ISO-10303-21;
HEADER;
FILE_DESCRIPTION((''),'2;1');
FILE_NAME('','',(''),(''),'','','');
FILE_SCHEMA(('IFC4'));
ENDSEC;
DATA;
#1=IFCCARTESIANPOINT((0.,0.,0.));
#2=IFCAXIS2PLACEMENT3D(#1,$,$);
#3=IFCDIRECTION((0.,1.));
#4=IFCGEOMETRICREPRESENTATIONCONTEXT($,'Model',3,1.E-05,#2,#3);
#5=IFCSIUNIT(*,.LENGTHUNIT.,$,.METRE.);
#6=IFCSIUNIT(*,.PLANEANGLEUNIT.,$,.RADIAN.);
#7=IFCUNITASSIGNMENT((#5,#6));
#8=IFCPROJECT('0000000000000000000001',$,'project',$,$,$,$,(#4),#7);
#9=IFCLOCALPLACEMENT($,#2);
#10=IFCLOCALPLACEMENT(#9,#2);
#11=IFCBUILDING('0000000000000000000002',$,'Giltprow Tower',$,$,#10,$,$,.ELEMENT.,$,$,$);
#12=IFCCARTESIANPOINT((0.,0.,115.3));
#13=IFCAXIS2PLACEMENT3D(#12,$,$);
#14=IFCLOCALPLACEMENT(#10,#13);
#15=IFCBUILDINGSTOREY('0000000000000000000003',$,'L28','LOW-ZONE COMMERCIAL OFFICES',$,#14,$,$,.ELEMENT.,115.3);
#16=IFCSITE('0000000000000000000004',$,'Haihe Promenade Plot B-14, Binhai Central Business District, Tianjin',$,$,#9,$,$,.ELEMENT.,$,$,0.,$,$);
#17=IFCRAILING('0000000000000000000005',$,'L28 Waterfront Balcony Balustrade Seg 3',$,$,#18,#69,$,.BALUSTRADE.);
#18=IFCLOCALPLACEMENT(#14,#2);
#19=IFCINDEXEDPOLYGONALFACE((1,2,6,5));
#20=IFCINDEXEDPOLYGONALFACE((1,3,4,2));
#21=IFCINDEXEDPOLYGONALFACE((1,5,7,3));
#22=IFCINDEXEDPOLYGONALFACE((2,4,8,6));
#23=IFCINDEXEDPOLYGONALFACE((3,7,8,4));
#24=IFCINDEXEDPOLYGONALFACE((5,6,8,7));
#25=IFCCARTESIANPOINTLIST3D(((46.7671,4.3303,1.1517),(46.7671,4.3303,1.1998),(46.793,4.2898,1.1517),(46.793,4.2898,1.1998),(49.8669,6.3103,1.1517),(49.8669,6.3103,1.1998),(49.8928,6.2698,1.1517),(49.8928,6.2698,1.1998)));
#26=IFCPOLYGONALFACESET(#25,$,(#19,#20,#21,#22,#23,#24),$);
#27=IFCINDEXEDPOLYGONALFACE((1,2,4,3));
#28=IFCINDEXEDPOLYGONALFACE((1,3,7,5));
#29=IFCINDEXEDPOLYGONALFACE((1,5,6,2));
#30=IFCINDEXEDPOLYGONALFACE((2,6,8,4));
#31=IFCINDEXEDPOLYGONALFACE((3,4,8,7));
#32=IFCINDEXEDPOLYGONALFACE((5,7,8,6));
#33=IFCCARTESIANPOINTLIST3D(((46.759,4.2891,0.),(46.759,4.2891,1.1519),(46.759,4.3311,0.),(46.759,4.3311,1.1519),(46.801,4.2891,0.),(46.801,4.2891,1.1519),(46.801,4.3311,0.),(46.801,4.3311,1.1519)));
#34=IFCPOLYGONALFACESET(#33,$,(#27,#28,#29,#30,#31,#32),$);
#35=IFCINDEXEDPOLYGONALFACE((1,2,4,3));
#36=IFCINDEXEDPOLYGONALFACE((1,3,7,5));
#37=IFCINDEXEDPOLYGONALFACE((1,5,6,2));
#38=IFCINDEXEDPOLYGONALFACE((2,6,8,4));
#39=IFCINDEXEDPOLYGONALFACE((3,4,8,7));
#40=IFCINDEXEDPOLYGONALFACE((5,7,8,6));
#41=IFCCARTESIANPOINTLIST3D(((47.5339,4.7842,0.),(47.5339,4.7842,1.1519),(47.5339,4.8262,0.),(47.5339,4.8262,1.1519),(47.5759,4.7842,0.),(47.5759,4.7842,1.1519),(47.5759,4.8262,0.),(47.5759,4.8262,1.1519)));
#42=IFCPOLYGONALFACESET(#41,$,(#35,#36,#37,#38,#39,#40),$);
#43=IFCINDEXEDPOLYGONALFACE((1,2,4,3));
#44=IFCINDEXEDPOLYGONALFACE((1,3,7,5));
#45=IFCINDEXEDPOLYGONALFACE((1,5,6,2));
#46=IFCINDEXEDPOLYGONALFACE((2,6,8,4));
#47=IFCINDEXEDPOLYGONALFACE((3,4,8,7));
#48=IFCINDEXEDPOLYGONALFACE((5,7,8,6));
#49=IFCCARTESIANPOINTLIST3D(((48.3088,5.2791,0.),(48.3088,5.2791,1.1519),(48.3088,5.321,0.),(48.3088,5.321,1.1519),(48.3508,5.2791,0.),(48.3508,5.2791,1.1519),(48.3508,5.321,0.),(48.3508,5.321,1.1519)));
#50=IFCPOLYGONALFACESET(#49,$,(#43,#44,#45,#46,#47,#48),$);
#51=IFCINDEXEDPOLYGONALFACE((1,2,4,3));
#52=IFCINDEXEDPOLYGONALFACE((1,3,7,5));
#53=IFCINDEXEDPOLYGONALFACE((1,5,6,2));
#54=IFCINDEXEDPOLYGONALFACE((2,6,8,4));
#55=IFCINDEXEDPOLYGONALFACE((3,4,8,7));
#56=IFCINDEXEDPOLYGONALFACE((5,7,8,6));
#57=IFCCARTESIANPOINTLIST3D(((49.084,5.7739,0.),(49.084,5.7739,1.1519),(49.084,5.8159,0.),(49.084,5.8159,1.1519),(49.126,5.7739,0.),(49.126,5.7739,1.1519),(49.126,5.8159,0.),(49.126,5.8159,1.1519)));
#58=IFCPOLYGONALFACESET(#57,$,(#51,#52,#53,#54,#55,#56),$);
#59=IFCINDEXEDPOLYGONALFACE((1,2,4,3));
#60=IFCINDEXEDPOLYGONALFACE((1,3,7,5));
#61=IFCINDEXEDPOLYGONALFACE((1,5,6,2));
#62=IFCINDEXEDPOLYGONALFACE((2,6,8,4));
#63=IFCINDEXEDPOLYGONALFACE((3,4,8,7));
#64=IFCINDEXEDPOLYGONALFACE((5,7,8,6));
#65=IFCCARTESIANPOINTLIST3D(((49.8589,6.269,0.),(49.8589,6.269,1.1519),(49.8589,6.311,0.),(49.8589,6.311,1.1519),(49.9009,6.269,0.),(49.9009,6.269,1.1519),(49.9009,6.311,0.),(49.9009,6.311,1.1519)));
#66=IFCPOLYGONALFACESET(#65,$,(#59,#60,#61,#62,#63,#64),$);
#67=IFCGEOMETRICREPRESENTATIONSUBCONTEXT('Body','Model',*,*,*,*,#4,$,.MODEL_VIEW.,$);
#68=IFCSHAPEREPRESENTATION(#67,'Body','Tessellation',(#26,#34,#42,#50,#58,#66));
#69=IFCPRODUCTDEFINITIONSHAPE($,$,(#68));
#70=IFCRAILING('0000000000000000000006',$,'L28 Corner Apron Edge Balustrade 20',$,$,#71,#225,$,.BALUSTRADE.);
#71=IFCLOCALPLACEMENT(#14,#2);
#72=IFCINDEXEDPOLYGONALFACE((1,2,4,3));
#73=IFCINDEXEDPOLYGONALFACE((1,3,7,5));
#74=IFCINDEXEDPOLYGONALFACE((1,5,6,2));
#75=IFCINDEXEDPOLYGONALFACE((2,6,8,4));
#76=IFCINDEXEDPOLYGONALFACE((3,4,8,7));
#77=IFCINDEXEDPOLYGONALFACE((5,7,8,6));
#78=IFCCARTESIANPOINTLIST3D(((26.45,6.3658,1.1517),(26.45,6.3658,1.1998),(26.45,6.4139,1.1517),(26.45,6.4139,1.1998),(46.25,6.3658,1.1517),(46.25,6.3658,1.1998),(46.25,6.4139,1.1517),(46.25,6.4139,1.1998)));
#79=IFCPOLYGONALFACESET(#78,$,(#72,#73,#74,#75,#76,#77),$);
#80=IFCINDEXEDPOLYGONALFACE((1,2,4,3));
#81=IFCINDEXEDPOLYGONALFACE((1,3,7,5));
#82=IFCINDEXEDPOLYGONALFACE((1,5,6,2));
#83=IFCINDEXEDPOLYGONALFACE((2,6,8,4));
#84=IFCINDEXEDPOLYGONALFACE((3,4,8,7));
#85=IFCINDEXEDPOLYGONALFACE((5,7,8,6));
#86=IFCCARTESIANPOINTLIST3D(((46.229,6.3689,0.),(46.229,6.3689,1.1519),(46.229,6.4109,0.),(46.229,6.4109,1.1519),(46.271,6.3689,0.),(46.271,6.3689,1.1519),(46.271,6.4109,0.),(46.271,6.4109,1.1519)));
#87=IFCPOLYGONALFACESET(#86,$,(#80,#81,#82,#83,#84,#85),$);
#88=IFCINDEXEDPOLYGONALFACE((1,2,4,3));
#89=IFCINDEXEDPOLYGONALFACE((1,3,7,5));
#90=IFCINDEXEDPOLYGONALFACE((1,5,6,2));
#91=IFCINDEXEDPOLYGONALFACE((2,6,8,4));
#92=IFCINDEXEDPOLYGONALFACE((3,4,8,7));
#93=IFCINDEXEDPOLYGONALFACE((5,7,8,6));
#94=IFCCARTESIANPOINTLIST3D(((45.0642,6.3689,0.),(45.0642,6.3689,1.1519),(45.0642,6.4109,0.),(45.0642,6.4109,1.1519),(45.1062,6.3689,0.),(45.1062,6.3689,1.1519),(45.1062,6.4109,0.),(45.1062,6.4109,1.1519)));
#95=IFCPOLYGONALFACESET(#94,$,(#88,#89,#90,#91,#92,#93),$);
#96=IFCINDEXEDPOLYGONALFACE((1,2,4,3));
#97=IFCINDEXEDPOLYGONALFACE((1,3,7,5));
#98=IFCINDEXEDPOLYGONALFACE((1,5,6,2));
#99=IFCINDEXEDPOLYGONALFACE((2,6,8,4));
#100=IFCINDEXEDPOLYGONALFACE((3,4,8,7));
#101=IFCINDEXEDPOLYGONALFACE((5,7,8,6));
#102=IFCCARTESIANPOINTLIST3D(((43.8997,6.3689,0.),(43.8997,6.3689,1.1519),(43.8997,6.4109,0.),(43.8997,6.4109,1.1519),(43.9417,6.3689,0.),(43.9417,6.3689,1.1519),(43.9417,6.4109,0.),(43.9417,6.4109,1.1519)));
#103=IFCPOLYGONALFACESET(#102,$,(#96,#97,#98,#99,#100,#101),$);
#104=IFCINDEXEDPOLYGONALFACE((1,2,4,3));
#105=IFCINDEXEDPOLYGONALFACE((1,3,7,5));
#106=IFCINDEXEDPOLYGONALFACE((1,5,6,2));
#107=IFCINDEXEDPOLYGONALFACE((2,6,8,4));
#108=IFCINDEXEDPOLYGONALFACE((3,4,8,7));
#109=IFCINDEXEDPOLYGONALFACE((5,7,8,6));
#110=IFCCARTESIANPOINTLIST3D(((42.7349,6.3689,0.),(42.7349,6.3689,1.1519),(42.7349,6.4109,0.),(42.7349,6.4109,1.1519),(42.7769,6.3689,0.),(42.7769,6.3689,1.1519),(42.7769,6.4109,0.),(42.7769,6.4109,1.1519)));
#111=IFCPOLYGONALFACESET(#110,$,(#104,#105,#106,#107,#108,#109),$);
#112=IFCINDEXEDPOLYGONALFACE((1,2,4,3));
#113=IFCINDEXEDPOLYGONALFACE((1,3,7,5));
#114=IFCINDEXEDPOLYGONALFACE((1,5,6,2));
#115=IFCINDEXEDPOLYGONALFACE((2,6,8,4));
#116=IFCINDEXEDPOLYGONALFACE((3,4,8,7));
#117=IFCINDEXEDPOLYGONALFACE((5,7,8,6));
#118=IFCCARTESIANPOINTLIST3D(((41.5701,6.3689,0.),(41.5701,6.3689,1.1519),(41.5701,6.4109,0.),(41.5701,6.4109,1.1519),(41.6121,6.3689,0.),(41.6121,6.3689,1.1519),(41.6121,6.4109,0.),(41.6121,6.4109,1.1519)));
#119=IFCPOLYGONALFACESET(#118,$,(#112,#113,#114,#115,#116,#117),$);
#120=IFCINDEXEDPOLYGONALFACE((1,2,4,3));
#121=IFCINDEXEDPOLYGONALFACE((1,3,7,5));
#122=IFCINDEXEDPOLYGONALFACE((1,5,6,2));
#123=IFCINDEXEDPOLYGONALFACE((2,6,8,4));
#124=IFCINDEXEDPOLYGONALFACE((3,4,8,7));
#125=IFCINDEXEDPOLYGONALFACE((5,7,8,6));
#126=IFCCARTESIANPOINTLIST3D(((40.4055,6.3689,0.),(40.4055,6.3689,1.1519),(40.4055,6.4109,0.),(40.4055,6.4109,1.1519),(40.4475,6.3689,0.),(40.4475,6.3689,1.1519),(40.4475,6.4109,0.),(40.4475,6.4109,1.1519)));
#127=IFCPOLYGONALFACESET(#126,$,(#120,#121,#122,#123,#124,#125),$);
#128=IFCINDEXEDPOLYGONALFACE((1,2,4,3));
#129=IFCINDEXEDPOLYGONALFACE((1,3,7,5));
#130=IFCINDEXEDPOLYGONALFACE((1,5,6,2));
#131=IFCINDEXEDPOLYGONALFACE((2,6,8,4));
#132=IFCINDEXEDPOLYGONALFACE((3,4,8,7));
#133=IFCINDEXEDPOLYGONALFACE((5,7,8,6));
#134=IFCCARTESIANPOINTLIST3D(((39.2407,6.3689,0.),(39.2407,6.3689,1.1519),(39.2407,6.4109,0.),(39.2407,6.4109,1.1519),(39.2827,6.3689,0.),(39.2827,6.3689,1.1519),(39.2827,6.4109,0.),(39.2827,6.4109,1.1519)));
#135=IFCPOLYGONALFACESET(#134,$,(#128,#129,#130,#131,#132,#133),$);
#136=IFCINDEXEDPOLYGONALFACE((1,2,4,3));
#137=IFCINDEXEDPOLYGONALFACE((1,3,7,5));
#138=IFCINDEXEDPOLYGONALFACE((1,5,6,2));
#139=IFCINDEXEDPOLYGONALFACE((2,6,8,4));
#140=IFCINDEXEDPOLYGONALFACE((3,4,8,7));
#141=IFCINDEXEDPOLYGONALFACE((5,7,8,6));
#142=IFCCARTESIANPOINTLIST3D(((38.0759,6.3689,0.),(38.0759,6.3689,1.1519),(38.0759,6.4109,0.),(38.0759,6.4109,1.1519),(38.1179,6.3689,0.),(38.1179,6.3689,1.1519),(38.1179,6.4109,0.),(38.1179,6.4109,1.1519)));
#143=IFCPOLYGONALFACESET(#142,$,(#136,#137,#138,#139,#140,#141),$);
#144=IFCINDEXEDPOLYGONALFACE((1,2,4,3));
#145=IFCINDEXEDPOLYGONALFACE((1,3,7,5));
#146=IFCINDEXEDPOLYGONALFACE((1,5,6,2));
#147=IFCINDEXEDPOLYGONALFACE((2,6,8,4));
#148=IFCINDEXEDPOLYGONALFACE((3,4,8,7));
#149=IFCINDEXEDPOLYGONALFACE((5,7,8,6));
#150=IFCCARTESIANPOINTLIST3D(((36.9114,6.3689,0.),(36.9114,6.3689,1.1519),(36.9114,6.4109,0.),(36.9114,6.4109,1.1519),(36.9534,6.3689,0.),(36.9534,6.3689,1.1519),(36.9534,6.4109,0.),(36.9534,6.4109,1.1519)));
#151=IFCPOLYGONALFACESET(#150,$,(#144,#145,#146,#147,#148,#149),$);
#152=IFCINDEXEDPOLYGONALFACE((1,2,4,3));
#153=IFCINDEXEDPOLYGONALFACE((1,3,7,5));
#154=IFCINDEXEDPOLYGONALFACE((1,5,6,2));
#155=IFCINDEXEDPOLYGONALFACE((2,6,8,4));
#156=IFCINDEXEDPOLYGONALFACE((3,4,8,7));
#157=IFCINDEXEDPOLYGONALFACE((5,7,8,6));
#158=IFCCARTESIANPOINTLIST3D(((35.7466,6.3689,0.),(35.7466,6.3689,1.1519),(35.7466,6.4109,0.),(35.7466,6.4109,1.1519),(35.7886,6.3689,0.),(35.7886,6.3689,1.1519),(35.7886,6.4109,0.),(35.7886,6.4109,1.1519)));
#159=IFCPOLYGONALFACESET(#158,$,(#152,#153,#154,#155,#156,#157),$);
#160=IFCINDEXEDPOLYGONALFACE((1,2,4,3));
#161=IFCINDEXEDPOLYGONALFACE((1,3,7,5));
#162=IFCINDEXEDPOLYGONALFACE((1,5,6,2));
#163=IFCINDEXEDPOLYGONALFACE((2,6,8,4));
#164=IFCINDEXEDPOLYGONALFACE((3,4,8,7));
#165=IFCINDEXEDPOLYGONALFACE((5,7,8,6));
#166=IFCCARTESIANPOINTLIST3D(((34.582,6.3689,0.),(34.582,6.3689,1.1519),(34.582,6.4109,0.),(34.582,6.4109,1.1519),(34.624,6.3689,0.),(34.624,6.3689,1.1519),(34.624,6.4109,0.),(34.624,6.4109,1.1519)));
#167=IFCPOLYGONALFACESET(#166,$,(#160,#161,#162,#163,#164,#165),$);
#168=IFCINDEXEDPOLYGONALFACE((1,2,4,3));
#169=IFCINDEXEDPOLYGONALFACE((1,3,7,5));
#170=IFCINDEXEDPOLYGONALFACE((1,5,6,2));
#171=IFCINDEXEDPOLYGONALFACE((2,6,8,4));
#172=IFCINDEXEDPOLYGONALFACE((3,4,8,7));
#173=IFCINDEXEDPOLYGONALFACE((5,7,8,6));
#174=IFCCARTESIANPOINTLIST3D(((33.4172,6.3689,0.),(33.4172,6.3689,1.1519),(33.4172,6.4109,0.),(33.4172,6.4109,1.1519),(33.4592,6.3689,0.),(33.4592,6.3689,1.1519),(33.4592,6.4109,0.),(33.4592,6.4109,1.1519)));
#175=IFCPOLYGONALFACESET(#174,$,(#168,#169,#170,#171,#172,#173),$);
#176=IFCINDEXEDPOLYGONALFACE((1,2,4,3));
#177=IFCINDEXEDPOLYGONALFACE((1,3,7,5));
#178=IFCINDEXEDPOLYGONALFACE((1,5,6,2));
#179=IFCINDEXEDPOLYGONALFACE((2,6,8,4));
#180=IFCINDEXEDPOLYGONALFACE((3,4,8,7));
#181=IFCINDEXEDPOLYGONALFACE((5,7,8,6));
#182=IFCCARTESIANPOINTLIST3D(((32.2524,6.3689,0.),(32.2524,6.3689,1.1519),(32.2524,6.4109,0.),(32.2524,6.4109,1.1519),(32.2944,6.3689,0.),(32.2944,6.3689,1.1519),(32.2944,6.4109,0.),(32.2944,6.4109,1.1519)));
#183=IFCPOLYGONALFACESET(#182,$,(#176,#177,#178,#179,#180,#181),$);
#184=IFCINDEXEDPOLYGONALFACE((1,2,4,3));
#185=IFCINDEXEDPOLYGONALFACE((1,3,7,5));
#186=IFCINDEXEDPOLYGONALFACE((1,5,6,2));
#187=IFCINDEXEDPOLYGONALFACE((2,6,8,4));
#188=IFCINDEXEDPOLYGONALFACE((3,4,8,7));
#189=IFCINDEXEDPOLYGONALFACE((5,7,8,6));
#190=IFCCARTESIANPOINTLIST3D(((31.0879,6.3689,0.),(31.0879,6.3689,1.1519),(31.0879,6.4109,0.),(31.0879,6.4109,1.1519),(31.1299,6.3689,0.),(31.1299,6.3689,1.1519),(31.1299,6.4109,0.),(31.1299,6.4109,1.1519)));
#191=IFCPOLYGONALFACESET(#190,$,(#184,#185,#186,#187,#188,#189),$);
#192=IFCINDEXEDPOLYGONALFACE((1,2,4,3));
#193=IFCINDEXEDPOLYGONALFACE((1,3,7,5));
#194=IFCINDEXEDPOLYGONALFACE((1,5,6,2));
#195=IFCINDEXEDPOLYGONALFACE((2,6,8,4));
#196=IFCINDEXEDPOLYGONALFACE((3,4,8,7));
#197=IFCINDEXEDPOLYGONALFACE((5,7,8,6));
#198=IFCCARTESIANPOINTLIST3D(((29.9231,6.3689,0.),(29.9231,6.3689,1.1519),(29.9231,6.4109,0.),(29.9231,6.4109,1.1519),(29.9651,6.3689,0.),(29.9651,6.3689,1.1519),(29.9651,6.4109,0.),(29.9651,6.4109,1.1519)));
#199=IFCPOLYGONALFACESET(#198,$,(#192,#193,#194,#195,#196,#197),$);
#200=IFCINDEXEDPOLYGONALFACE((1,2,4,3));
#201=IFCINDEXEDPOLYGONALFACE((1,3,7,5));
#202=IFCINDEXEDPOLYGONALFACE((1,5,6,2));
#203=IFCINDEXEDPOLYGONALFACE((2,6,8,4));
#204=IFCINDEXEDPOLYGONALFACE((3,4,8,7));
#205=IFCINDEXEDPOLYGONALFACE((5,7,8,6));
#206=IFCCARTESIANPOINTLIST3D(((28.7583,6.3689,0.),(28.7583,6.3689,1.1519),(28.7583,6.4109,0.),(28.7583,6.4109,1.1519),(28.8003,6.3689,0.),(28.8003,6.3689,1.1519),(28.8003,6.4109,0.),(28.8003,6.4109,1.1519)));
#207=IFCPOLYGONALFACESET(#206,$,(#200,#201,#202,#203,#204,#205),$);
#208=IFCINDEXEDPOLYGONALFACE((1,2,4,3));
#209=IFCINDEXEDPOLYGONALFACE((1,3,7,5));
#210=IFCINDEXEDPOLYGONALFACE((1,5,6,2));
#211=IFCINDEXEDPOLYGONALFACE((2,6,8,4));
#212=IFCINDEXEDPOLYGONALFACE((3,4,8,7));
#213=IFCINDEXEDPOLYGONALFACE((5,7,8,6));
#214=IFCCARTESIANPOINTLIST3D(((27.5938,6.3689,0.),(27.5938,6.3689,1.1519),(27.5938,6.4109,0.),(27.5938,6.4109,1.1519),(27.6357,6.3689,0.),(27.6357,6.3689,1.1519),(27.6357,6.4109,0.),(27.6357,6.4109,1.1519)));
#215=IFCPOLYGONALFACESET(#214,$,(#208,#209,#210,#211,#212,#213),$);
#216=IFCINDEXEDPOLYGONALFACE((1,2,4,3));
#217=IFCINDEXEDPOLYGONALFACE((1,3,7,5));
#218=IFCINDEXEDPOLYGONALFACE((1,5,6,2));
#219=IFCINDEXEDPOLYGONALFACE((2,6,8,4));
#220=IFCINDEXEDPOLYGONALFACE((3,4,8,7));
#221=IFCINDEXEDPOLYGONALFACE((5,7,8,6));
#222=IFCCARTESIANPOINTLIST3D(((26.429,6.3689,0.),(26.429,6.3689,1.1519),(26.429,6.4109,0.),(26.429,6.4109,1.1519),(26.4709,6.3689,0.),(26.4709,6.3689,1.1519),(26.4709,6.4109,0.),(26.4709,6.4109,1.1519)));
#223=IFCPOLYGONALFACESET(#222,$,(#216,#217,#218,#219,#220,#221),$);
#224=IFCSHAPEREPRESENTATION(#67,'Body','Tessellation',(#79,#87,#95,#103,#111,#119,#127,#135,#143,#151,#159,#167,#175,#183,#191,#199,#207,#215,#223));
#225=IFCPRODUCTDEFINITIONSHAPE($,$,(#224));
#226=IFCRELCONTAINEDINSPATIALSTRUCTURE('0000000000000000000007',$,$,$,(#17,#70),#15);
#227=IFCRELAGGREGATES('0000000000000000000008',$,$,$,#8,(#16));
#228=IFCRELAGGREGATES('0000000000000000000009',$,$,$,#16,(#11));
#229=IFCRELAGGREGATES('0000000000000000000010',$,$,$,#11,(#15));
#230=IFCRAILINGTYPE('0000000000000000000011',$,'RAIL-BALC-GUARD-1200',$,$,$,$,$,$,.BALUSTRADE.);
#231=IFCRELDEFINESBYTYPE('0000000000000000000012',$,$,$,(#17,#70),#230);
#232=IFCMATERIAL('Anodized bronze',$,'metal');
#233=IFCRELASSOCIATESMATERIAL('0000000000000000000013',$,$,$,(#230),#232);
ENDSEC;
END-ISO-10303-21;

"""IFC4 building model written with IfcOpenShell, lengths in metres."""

from ifc_helpers import new_model, si_unit, direction, frame, origin, origin_2d, place, context, subcontext, project, spatial, rectangle, extrude, material, type_object, element, save


model = new_model("IFC4")

# Units and contexts
model_context = context("Model", 3, precision=1e-05, world=origin(), true_north=direction((0.0, 1.0)))
body_context = subcontext(model_context, "Body", "Model", "MODEL_VIEW")
ifc_project = project(units=[si_unit("LENGTHUNIT", "METRE"), si_unit("PLANEANGLEUNIT", "RADIAN")], contexts=[model_context])

# Site, building, storey
site_placement = place(None, origin())
site = spatial("IfcSite", under=ifc_project, at=site_placement, Name="Haihe Promenade Plot B-14, Binhai Central Business District, Tianjin", CompositionType="ELEMENT", RefElevation=0.0)
building_placement = place(site_placement, origin())
building = spatial("IfcBuilding", under=site, at=building_placement, Name="Giltprow Tower", CompositionType="ELEMENT")
storey_placement = place(building_placement, frame((0.0, 0.0, 115.3)))
storey = spatial("IfcBuildingStorey", under=building, at=storey_placement, Name="L28", Description="LOW-ZONE COMMERCIAL OFFICES", CompositionType="ELEMENT", Elevation=115.3)

# Shared definitions
ifc_material_1 = material(Name="Anodized bronze", Category="metal")

# Railings
railing_type = type_object("IfcRailingType", Name="RAIL-BALC-GUARD-1200", PredefinedType="BALUSTRADE", material=ifc_material_1)
railing_1_placement = place(storey_placement, frame((46.78, 4.3101, 0.0)))
element("IfcRailing", 1, at=railing_1_placement, inside=storey, type_object=railing_type, Name="L28 Waterfront Balcony Balustrade Seg 3", PredefinedType="BALUSTRADE", context=body_context, shape_type="SweptSolid", body=[
    extrude(rectangle(XDim=0.0481, YDim=0.0481, at=origin_2d()), frame((0.0, 0.0, 1.1758), z_axis=(0.842756, 0.538296, 0.0), x_axis=(-0.538296, 0.842756, 0.0)), (0.0, 0.0, 1.0), 3.6782),
    extrude(rectangle(XDim=0.042, YDim=0.042, at=origin_2d()), origin(), (0.0, 0.0, 1.0), 1.1519),
    extrude(rectangle(XDim=0.042, YDim=0.042, at=origin_2d()), frame((0.7749, 0.4951, 0.0)), (0.0, 0.0, 1.0), 1.1519),
    extrude(rectangle(XDim=0.042, YDim=0.042, at=origin_2d()), frame((1.5498, 0.99, 0.0)), (0.0, 0.0, 1.0), 1.1519),
    extrude(rectangle(XDim=0.042, YDim=0.042, at=origin_2d()), frame((2.325, 1.4849, 0.0)), (0.0, 0.0, 1.0), 1.1519),
    extrude(rectangle(XDim=0.042, YDim=0.042, at=origin_2d()), frame((3.0999, 1.98, 0.0)), (0.0, 0.0, 1.0), 1.1519),
])
railing_2_placement = place(storey_placement, frame((46.25, 6.3899, 0.0)))
element("IfcRailing", 2, at=railing_2_placement, inside=storey, type_object=railing_type, Name="L28 Corner Apron Edge Balustrade 20", PredefinedType="BALUSTRADE", context=body_context, shape_type="SweptSolid", body=[
    extrude(rectangle(XDim=0.0481, YDim=0.0481, at=origin_2d()), frame((0.0, 0.0, 1.1758), z_axis=(-1.0, 0.0, 0.0), x_axis=(0.0, -1.0, 0.0)), (0.0, 0.0, 1.0), 19.8),
    extrude(rectangle(XDim=0.042, YDim=0.042, at=origin_2d()), origin(), (0.0, 0.0, 1.0), 1.1519),
    extrude(rectangle(XDim=0.042, YDim=0.042, at=origin_2d()), frame((-1.1648, 0.0, 0.0)), (0.0, 0.0, 1.0), 1.1519),
    extrude(rectangle(XDim=0.042, YDim=0.042, at=origin_2d()), frame((-2.3293, 0.0, 0.0)), (0.0, 0.0, 1.0), 1.1519),
    extrude(rectangle(XDim=0.042, YDim=0.042, at=origin_2d()), frame((-3.4941, 0.0, 0.0)), (0.0, 0.0, 1.0), 1.1519),
    extrude(rectangle(XDim=0.042, YDim=0.042, at=origin_2d()), frame((-4.6589, 0.0, 0.0)), (0.0, 0.0, 1.0), 1.1519),
    extrude(rectangle(XDim=0.042, YDim=0.042, at=origin_2d()), frame((-5.8235, 0.0, 0.0)), (0.0, 0.0, 1.0), 1.1519),
    extrude(rectangle(XDim=0.042, YDim=0.042, at=origin_2d()), frame((-6.9883, 0.0, 0.0)), (0.0, 0.0, 1.0), 1.1519),
    extrude(rectangle(XDim=0.042, YDim=0.042, at=origin_2d()), frame((-8.1531, 0.0, 0.0)), (0.0, 0.0, 1.0), 1.1519),
    extrude(rectangle(XDim=0.042, YDim=0.042, at=origin_2d()), frame((-9.3176, 0.0, 0.0)), (0.0, 0.0, 1.0), 1.1519),
    extrude(rectangle(XDim=0.042, YDim=0.042, at=origin_2d()), frame((-10.4824, 0.0, 0.0)), (0.0, 0.0, 1.0), 1.1519),
    extrude(rectangle(XDim=0.042, YDim=0.042, at=origin_2d()), frame((-11.647, 0.0, 0.0)), (0.0, 0.0, 1.0), 1.1519),
    extrude(rectangle(XDim=0.042, YDim=0.042, at=origin_2d()), frame((-12.8118, 0.0, 0.0)), (0.0, 0.0, 1.0), 1.1519),
    extrude(rectangle(XDim=0.042, YDim=0.042, at=origin_2d()), frame((-13.9766, 0.0, 0.0)), (0.0, 0.0, 1.0), 1.1519),
    extrude(rectangle(XDim=0.042, YDim=0.042, at=origin_2d()), frame((-15.1411, 0.0, 0.0)), (0.0, 0.0, 1.0), 1.1519),
    extrude(rectangle(XDim=0.042, YDim=0.042, at=origin_2d()), frame((-16.3059, 0.0, 0.0)), (0.0, 0.0, 1.0), 1.1519),
    extrude(rectangle(XDim=0.042, YDim=0.042, at=origin_2d()), frame((-17.4707, 0.0, 0.0)), (0.0, 0.0, 1.0), 1.1519),
    extrude(rectangle(XDim=0.042, YDim=0.042, at=origin_2d()), frame((-18.6353, 0.0, 0.0)), (0.0, 0.0, 1.0), 1.1519),
    extrude(rectangle(XDim=0.042, YDim=0.042, at=origin_2d()), frame((-19.8, 0.0, 0.0)), (0.0, 0.0, 1.0), 1.1519),
])

save(model, "model.ifc")
